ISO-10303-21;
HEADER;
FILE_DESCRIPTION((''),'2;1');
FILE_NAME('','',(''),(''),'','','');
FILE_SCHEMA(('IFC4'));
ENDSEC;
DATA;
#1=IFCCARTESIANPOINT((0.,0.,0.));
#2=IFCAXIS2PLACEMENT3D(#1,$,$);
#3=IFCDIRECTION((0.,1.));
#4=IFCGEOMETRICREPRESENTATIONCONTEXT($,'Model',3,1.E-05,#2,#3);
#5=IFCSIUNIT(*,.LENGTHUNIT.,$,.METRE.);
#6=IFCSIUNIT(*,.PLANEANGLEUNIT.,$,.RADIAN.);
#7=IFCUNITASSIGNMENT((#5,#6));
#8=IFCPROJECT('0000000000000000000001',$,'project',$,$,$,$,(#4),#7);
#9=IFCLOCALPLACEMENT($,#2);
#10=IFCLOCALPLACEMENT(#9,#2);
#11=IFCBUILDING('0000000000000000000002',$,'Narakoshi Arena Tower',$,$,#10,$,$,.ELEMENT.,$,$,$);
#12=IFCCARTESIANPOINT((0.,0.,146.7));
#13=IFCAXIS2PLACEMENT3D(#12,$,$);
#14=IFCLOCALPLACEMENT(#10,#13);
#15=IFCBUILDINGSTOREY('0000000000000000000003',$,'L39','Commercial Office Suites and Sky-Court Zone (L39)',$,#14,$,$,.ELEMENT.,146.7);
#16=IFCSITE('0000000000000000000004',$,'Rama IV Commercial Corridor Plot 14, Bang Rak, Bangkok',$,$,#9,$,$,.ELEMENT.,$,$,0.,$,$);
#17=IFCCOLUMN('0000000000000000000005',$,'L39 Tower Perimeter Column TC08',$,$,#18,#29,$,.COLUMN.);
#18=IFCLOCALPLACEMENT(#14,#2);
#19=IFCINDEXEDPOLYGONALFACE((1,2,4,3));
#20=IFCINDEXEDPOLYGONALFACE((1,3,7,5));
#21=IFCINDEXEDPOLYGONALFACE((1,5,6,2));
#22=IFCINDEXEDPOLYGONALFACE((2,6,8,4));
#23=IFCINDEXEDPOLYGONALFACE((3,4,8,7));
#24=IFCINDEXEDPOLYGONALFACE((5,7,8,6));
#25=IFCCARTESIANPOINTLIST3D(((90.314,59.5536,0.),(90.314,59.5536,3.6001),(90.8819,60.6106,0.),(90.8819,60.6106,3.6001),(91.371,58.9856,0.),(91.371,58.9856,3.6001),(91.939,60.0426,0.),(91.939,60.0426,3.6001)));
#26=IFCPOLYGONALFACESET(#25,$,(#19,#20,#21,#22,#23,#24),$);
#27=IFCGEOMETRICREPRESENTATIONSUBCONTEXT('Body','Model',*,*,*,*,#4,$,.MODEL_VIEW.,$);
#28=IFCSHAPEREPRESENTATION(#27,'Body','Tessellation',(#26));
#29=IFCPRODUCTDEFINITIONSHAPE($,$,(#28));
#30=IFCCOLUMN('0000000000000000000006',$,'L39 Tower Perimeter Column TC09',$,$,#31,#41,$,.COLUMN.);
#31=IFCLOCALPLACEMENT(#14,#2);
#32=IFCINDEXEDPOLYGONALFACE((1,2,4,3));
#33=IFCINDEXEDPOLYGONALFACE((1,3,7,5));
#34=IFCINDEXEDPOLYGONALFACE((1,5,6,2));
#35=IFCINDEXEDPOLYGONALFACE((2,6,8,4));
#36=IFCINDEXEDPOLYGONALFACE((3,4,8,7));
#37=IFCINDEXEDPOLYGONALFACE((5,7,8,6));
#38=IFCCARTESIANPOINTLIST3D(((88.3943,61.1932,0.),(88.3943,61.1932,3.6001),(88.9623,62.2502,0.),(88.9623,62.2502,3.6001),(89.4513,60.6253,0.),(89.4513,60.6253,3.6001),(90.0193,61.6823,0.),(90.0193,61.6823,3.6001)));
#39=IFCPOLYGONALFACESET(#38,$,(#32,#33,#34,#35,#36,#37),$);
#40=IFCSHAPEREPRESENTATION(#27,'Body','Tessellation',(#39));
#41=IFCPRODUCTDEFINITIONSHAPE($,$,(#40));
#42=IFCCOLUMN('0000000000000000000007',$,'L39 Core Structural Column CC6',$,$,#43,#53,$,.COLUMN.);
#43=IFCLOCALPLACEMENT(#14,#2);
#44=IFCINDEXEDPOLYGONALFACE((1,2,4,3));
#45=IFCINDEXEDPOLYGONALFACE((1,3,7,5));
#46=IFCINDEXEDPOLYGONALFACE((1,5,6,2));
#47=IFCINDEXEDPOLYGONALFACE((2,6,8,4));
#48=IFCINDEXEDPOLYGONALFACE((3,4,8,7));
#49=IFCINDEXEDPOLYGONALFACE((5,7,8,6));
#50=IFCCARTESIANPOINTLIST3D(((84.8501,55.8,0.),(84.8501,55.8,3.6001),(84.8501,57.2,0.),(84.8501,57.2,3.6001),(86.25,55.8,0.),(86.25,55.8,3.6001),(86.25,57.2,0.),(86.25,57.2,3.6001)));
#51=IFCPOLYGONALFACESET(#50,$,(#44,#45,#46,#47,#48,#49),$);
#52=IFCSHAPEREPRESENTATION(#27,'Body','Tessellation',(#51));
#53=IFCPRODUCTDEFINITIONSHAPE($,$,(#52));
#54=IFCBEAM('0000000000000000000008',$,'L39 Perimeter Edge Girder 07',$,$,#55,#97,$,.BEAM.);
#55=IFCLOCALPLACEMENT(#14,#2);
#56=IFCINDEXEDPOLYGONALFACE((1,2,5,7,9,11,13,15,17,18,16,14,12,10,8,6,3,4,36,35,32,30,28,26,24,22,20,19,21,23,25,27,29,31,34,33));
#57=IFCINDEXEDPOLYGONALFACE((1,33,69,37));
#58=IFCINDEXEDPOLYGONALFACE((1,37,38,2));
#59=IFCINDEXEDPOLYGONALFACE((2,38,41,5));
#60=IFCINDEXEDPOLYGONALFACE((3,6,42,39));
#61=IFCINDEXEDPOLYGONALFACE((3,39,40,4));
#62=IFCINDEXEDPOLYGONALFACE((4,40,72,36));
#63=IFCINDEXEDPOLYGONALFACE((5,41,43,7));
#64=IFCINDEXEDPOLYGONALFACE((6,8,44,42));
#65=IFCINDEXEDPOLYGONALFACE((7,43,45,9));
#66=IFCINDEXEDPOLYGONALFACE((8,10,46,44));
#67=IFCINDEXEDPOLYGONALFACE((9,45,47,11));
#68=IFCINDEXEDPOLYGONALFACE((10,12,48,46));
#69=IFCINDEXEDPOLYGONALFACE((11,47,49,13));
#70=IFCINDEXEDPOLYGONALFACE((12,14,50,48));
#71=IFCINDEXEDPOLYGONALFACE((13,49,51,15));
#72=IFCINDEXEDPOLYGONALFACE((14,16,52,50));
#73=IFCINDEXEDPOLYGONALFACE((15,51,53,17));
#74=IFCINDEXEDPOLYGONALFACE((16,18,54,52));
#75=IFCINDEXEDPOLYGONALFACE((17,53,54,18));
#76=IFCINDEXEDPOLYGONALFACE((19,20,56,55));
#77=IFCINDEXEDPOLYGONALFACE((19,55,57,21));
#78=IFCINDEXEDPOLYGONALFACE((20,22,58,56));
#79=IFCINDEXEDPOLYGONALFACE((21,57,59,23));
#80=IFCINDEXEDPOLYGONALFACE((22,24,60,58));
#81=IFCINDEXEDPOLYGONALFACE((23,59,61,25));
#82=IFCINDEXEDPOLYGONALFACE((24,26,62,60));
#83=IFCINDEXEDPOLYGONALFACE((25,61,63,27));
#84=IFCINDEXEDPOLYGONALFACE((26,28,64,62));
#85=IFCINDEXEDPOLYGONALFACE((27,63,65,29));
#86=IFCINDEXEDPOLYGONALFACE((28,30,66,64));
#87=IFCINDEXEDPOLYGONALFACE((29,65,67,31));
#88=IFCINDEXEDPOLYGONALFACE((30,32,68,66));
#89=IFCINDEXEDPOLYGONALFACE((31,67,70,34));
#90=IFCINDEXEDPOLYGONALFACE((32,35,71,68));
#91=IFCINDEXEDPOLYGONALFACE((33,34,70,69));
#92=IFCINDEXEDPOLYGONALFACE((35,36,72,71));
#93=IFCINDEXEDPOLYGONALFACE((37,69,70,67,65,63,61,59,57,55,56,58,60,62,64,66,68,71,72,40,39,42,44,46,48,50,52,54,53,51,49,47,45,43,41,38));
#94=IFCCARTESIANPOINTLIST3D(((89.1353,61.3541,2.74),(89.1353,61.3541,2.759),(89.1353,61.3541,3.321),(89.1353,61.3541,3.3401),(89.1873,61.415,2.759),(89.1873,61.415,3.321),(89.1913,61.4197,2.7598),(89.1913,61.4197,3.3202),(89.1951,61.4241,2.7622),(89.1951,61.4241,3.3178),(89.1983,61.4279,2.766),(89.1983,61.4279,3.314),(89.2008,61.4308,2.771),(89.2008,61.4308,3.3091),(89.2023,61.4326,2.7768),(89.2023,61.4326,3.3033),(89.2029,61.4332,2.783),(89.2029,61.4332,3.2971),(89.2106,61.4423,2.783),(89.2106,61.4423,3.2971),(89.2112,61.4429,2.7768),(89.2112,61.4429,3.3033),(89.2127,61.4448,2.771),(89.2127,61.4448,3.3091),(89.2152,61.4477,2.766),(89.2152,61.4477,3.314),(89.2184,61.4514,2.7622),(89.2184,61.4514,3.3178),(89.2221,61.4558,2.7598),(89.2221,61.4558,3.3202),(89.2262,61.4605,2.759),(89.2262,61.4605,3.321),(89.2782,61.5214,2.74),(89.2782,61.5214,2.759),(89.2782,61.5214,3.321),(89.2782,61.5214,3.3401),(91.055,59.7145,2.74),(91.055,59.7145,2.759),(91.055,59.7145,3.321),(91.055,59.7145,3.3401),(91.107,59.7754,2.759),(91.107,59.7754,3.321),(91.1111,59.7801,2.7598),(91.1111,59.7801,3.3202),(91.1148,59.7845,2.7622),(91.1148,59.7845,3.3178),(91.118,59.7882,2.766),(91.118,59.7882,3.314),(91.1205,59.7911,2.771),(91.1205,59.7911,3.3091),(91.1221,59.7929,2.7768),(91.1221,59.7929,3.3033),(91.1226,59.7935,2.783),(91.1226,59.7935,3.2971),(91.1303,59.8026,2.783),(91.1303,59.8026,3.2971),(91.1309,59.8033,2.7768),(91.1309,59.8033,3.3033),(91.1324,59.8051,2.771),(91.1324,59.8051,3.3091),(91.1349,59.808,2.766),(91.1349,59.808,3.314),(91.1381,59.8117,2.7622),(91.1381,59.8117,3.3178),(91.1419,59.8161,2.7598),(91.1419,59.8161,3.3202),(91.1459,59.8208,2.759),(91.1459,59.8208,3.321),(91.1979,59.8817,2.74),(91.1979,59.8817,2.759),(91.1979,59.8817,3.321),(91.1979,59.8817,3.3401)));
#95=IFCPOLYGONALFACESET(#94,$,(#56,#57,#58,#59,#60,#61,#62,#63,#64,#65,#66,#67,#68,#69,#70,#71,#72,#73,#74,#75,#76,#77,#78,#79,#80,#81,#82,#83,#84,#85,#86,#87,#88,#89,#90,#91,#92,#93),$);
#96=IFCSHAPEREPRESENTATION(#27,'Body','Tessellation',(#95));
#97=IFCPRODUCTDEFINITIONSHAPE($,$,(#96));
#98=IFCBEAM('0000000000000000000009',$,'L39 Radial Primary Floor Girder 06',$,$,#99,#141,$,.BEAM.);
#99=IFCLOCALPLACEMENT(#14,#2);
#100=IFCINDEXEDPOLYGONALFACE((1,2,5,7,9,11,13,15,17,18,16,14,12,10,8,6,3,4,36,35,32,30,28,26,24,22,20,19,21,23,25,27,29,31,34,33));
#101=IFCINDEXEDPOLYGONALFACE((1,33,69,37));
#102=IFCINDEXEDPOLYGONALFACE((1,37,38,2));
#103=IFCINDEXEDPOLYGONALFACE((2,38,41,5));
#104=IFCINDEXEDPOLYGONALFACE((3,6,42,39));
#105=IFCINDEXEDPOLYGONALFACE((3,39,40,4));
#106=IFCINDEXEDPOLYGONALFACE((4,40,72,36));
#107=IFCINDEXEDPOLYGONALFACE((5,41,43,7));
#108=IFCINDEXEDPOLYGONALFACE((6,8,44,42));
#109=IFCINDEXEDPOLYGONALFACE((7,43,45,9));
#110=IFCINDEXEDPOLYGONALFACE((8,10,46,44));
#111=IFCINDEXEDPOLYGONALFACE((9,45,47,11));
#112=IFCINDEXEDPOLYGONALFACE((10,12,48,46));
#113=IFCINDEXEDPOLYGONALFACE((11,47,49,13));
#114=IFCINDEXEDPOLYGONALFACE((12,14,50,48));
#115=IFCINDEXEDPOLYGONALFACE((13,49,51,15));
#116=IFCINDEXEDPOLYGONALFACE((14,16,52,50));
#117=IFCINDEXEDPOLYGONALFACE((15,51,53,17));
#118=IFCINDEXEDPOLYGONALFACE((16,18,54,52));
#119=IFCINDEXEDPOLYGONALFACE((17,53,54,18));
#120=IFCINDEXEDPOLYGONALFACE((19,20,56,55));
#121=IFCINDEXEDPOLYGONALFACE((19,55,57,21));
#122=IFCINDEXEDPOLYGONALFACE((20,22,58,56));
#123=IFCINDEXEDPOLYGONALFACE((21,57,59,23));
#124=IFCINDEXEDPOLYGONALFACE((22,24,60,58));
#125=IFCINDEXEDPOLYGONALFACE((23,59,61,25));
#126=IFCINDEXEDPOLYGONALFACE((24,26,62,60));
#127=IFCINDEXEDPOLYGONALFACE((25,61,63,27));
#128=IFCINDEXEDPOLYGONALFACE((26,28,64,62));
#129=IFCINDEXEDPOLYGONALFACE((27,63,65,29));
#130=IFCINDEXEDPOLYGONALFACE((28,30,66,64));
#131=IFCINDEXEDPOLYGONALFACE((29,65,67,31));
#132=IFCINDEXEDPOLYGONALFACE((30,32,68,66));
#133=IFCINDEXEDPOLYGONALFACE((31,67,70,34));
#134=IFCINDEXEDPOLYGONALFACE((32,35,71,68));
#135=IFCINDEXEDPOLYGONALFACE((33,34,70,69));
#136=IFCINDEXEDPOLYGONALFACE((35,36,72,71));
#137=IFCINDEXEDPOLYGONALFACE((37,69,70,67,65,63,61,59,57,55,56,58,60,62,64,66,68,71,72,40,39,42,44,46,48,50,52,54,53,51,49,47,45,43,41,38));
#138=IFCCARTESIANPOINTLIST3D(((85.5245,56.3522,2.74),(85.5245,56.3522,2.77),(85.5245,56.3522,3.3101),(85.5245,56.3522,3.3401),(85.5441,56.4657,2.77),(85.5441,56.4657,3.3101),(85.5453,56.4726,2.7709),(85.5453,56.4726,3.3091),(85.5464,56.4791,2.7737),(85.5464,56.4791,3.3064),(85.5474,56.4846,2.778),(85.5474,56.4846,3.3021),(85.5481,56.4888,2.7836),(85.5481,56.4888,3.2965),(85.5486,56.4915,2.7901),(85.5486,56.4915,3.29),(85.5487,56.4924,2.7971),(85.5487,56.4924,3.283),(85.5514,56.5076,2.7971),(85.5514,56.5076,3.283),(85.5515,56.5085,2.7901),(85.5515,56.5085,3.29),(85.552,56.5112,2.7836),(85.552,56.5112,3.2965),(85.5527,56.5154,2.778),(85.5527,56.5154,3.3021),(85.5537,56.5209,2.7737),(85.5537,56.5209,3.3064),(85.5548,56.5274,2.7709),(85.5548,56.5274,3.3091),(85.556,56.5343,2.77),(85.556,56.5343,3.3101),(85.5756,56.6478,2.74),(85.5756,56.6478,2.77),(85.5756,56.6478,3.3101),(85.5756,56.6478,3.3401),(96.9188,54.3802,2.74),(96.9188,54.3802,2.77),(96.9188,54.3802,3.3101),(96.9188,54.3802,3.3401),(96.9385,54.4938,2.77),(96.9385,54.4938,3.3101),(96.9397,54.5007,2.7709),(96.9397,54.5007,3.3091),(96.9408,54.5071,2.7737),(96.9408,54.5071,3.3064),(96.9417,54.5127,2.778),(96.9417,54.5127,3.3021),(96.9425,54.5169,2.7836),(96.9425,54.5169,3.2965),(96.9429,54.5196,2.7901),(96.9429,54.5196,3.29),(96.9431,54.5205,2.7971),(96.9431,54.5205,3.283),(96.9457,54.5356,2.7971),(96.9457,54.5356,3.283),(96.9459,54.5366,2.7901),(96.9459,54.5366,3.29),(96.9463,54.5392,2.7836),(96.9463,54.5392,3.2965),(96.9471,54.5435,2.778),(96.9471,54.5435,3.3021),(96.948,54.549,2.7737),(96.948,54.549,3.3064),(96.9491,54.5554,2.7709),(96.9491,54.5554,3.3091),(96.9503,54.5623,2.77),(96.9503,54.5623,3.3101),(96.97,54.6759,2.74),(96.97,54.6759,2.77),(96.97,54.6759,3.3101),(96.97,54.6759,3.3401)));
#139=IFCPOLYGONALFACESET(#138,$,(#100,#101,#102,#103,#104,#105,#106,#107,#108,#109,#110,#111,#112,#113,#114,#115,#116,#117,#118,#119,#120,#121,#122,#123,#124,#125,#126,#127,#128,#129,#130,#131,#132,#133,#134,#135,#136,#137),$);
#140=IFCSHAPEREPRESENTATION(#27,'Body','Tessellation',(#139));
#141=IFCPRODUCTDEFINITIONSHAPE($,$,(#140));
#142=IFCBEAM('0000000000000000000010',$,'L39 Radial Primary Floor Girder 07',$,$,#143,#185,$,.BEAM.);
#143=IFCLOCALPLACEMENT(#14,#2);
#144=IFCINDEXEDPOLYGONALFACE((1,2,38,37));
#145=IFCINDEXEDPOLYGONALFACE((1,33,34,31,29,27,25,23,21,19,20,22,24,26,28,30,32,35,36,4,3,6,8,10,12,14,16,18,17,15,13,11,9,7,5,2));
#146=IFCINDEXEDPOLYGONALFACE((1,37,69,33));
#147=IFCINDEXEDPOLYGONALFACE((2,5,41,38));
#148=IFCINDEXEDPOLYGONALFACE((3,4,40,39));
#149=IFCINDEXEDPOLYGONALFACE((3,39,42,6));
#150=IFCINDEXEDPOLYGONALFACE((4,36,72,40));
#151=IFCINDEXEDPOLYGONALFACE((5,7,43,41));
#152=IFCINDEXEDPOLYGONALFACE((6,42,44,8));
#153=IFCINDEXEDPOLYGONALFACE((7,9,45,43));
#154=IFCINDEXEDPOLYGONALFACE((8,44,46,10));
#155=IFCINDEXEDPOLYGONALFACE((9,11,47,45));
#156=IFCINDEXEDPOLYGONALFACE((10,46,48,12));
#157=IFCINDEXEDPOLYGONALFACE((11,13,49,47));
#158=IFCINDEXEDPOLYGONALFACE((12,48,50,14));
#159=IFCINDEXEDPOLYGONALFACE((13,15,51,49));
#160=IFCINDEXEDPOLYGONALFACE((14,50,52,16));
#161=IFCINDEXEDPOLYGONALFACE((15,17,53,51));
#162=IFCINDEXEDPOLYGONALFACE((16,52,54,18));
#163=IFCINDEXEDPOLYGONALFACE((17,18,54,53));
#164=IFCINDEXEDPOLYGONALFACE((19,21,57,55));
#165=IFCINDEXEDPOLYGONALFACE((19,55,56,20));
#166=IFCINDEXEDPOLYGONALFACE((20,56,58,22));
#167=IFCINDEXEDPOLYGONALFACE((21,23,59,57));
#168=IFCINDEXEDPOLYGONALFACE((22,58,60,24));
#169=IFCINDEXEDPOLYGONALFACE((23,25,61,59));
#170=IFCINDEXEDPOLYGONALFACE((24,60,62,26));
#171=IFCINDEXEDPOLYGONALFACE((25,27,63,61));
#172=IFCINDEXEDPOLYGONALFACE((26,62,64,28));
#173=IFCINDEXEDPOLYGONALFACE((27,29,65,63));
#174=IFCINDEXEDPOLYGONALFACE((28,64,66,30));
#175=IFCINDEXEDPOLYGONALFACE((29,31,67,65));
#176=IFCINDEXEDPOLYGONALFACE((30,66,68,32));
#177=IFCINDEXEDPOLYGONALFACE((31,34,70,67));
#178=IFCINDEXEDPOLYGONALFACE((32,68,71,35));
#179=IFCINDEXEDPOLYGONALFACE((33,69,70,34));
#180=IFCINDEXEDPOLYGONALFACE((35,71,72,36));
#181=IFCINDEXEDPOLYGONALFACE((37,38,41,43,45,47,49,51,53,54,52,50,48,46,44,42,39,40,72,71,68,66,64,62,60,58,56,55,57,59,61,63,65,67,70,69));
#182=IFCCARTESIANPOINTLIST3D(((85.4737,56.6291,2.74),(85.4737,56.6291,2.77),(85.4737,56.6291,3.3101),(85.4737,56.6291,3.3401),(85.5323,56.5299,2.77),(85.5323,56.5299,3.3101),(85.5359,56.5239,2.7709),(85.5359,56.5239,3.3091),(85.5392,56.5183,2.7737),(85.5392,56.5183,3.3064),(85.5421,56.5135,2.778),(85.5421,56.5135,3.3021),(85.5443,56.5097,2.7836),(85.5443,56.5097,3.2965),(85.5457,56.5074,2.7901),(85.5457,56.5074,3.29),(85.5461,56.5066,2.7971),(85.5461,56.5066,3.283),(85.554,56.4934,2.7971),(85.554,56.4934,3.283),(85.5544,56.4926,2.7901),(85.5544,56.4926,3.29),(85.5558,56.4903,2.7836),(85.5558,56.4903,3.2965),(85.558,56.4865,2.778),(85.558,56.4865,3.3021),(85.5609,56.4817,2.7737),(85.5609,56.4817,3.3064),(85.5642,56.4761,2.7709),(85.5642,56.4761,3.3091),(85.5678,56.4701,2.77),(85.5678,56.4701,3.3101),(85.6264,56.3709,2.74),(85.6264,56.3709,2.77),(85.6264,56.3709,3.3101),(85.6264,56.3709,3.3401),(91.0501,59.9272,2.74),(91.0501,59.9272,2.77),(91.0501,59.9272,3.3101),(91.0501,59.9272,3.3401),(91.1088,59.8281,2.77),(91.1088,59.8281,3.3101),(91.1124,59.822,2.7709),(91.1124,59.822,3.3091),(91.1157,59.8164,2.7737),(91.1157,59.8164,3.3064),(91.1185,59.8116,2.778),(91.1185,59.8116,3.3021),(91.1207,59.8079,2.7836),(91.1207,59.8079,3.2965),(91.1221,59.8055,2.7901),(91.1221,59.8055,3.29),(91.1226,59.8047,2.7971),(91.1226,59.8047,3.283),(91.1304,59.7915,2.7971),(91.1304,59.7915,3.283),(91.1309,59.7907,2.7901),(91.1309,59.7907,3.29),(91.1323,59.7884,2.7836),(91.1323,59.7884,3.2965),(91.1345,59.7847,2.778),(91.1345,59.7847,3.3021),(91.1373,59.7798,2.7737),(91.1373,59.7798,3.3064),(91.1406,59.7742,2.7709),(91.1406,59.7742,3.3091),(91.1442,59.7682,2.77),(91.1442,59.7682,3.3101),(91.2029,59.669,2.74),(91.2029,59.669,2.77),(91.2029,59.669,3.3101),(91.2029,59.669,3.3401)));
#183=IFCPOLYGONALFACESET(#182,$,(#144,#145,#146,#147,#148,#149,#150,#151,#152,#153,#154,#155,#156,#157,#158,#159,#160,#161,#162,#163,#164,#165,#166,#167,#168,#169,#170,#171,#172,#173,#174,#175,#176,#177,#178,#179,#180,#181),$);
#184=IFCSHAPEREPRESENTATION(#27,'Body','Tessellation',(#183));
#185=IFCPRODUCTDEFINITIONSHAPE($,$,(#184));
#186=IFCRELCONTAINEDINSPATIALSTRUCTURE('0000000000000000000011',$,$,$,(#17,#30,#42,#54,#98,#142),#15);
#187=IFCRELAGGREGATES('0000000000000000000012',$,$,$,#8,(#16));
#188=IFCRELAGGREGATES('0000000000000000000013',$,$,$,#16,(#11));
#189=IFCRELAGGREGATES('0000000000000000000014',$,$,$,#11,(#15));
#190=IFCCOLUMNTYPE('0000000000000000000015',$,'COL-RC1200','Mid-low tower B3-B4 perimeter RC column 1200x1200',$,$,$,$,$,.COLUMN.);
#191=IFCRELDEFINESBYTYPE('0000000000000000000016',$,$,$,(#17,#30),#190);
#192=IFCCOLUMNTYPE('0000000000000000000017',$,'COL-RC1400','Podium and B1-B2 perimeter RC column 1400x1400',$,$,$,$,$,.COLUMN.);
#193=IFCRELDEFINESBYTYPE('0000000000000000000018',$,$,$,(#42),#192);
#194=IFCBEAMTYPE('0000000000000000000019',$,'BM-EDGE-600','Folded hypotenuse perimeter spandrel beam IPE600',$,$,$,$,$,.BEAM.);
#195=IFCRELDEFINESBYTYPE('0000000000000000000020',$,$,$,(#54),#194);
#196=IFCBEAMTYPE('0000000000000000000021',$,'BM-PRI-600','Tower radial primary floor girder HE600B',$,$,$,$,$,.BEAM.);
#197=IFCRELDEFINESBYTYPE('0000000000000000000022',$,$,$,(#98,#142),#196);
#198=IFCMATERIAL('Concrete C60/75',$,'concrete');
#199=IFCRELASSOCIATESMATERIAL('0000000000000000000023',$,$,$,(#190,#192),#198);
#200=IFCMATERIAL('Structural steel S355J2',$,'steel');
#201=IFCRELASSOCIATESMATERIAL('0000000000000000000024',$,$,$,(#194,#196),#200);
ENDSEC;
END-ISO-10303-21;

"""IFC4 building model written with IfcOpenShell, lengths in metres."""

from ifc_helpers import new_model, si_unit, direction, frame, origin, origin_2d, place, context, subcontext, project, spatial, rectangle, i_section, extrude, material, material_profile, profile_set, type_object, element, save


model = new_model("IFC4")

# Units and contexts
model_context = context("Model", 3, precision=1e-05, world=origin(), true_north=direction((0.0, 1.0)))
body_context = subcontext(model_context, "Body", "Model", "MODEL_VIEW")
ifc_project = project(units=[si_unit("LENGTHUNIT", "METRE"), si_unit("PLANEANGLEUNIT", "RADIAN")], contexts=[model_context])

# Site, building, storey
site_placement = place(None, origin())
site = spatial("IfcSite", under=ifc_project, at=site_placement, Name="Rama IV Commercial Corridor Plot 14, Bang Rak, Bangkok", CompositionType="ELEMENT", RefElevation=0.0)
building_placement = place(site_placement, origin())
building = spatial("IfcBuilding", under=site, at=building_placement, Name="Narakoshi Arena Tower", CompositionType="ELEMENT")
storey_placement = place(building_placement, frame((0.0, 0.0, 146.7)))
storey = spatial("IfcBuildingStorey", under=building, at=storey_placement, Name="L39", Description="Commercial Office Suites and Sky-Court Zone (L39)", CompositionType="ELEMENT", Elevation=146.7)

# Columns
ifc_material_1 = material(Name="Concrete C60/75", Category="concrete")
ifc_material_profile_1 = material_profile(ifc_material_1, rectangle(XDim=1.2, YDim=1.2, at=origin_2d()), Name="RC1200x1200")
ifc_profile_set_1 = profile_set([ifc_material_profile_1], Name="Concrete C60/75")
column_type_1 = type_object("IfcColumnType", Name="COL-RC1200", Description="Mid-low tower B3-B4 perimeter RC column 1200x1200", PredefinedType="COLUMN", material=ifc_profile_set_1)
for number, where, z_axis, x_axis, name in (
    (1, (91.1265, 59.7981, 0.0), (0.0, 0.0, 1.0), (0.47332, 0.880891, 0.0), "L39 Tower Perimeter Column TC08"),
    (2, (89.2068, 61.4377, 0.0), (0.0, 0.0, 1.0), (0.47332, 0.880891, 0.0), "L39 Tower Perimeter Column TC09"),
):
    element("IfcColumn", number, at=place(storey_placement, frame(where, z_axis=z_axis, x_axis=x_axis)), inside=storey, type_object=column_type_1, Name=name, PredefinedType="COLUMN", context=body_context, shape_type="SweptSolid", body=[
        extrude(rectangle(XDim=1.2, YDim=1.2, at=origin_2d()), origin(), (0.0, 0.0, 1.0), 3.6001),
    ])
ifc_material_profile_2 = material_profile(ifc_material_1, rectangle(XDim=1.3999, YDim=1.3999, at=origin_2d()), Name="RC1400x1400")
ifc_profile_set_2 = profile_set([ifc_material_profile_2], Name="Concrete C60/75")
column_type_2 = type_object("IfcColumnType", Name="COL-RC1400", Description="Podium and B1-B2 perimeter RC column 1400x1400", PredefinedType="COLUMN", material=ifc_profile_set_2)
column_placement = place(storey_placement, frame((85.55, 56.5, 0.0), z_axis=(0.0, 0.0, 1.0), x_axis=(1.0, 0.0, 0.0)))
element("IfcColumn", 3, at=column_placement, inside=storey, type_object=column_type_2, Name="L39 Core Structural Column CC6", PredefinedType="COLUMN", context=body_context, shape_type="SweptSolid", body=[
    extrude(rectangle(XDim=1.3999, YDim=1.3999, at=origin_2d()), origin(), (0.0, 0.0, 1.0), 3.6001),
])

# Beams
ifc_material_2 = material(Name="Structural steel S355J2", Category="steel")
ifc_material_profile_3 = material_profile(ifc_material_2, i_section(OverallWidth=0.22, OverallDepth=0.6001, WebThickness=0.012, FlangeThickness=0.019, FilletRadius=0.0239, at=origin_2d()), Name="IPE600")
ifc_profile_set_3 = profile_set([ifc_material_profile_3], Name="Structural steel S355J2")
beam_type_1 = type_object("IfcBeamType", Name="BM-EDGE-600", Description="Folded hypotenuse perimeter spandrel beam IPE600", PredefinedType="BEAM", material=ifc_profile_set_3)
beam_1_placement = place(storey_placement, frame((91.1265, 59.7981, 3.04), z_axis=(-0.760389, 0.649468, 0.0), x_axis=(-0.649468, -0.760389, 0.0)))
element("IfcBeam", 4, at=beam_1_placement, inside=storey, type_object=beam_type_1, Name="L39 Perimeter Edge Girder 07", PredefinedType="BEAM", context=body_context, shape_type="SweptSolid", body=[
    extrude(i_section(OverallWidth=0.22, OverallDepth=0.6001, WebThickness=0.012, FlangeThickness=0.019, FilletRadius=0.0239, at=origin_2d()), origin(), (0.0, 0.0, 1.0), 2.5247),
])
ifc_material_profile_4 = material_profile(ifc_material_2, i_section(OverallWidth=0.3, OverallDepth=0.6001, WebThickness=0.0154, FlangeThickness=0.03, FilletRadius=0.0271, at=origin_2d()), Name="HE600B")
ifc_profile_set_4 = profile_set([ifc_material_profile_4], Name="Structural steel S355J2")
beam_type_2 = type_object("IfcBeamType", Name="BM-PRI-600", Description="Tower radial primary floor girder HE600B", PredefinedType="BEAM", material=ifc_profile_set_4)
beam_2_placement = place(storey_placement, frame((85.55, 56.5, 3.04), z_axis=(0.985353, -0.170528, 0.0), x_axis=(0.170528, 0.985353, 0.0)))
element("IfcBeam", 5, at=beam_2_placement, inside=storey, type_object=beam_type_2, Name="L39 Radial Primary Floor Girder 06", PredefinedType="BEAM", context=body_context, shape_type="SweptSolid", body=[
    extrude(i_section(OverallWidth=0.3, OverallDepth=0.6001, WebThickness=0.0154, FlangeThickness=0.03, FilletRadius=0.0271, at=origin_2d()), origin(), (0.0, 0.0, 1.0), 11.5637),
])
beam_3_placement = place(storey_placement, frame((85.55, 56.5, 3.04), z_axis=(0.860728, 0.509066, 0.0), x_axis=(-0.509066, 0.860728, 0.0)))
element("IfcBeam", 6, at=beam_3_placement, inside=storey, type_object=beam_type_2, Name="L39 Radial Primary Floor Girder 07", PredefinedType="BEAM", context=body_context, shape_type="SweptSolid", body=[
    extrude(i_section(OverallWidth=0.3, OverallDepth=0.6001, WebThickness=0.0154, FlangeThickness=0.03, FilletRadius=0.0271, at=origin_2d()), origin(), (0.0, 0.0, 1.0), 6.4788),
])

save(model, "model.ifc")
